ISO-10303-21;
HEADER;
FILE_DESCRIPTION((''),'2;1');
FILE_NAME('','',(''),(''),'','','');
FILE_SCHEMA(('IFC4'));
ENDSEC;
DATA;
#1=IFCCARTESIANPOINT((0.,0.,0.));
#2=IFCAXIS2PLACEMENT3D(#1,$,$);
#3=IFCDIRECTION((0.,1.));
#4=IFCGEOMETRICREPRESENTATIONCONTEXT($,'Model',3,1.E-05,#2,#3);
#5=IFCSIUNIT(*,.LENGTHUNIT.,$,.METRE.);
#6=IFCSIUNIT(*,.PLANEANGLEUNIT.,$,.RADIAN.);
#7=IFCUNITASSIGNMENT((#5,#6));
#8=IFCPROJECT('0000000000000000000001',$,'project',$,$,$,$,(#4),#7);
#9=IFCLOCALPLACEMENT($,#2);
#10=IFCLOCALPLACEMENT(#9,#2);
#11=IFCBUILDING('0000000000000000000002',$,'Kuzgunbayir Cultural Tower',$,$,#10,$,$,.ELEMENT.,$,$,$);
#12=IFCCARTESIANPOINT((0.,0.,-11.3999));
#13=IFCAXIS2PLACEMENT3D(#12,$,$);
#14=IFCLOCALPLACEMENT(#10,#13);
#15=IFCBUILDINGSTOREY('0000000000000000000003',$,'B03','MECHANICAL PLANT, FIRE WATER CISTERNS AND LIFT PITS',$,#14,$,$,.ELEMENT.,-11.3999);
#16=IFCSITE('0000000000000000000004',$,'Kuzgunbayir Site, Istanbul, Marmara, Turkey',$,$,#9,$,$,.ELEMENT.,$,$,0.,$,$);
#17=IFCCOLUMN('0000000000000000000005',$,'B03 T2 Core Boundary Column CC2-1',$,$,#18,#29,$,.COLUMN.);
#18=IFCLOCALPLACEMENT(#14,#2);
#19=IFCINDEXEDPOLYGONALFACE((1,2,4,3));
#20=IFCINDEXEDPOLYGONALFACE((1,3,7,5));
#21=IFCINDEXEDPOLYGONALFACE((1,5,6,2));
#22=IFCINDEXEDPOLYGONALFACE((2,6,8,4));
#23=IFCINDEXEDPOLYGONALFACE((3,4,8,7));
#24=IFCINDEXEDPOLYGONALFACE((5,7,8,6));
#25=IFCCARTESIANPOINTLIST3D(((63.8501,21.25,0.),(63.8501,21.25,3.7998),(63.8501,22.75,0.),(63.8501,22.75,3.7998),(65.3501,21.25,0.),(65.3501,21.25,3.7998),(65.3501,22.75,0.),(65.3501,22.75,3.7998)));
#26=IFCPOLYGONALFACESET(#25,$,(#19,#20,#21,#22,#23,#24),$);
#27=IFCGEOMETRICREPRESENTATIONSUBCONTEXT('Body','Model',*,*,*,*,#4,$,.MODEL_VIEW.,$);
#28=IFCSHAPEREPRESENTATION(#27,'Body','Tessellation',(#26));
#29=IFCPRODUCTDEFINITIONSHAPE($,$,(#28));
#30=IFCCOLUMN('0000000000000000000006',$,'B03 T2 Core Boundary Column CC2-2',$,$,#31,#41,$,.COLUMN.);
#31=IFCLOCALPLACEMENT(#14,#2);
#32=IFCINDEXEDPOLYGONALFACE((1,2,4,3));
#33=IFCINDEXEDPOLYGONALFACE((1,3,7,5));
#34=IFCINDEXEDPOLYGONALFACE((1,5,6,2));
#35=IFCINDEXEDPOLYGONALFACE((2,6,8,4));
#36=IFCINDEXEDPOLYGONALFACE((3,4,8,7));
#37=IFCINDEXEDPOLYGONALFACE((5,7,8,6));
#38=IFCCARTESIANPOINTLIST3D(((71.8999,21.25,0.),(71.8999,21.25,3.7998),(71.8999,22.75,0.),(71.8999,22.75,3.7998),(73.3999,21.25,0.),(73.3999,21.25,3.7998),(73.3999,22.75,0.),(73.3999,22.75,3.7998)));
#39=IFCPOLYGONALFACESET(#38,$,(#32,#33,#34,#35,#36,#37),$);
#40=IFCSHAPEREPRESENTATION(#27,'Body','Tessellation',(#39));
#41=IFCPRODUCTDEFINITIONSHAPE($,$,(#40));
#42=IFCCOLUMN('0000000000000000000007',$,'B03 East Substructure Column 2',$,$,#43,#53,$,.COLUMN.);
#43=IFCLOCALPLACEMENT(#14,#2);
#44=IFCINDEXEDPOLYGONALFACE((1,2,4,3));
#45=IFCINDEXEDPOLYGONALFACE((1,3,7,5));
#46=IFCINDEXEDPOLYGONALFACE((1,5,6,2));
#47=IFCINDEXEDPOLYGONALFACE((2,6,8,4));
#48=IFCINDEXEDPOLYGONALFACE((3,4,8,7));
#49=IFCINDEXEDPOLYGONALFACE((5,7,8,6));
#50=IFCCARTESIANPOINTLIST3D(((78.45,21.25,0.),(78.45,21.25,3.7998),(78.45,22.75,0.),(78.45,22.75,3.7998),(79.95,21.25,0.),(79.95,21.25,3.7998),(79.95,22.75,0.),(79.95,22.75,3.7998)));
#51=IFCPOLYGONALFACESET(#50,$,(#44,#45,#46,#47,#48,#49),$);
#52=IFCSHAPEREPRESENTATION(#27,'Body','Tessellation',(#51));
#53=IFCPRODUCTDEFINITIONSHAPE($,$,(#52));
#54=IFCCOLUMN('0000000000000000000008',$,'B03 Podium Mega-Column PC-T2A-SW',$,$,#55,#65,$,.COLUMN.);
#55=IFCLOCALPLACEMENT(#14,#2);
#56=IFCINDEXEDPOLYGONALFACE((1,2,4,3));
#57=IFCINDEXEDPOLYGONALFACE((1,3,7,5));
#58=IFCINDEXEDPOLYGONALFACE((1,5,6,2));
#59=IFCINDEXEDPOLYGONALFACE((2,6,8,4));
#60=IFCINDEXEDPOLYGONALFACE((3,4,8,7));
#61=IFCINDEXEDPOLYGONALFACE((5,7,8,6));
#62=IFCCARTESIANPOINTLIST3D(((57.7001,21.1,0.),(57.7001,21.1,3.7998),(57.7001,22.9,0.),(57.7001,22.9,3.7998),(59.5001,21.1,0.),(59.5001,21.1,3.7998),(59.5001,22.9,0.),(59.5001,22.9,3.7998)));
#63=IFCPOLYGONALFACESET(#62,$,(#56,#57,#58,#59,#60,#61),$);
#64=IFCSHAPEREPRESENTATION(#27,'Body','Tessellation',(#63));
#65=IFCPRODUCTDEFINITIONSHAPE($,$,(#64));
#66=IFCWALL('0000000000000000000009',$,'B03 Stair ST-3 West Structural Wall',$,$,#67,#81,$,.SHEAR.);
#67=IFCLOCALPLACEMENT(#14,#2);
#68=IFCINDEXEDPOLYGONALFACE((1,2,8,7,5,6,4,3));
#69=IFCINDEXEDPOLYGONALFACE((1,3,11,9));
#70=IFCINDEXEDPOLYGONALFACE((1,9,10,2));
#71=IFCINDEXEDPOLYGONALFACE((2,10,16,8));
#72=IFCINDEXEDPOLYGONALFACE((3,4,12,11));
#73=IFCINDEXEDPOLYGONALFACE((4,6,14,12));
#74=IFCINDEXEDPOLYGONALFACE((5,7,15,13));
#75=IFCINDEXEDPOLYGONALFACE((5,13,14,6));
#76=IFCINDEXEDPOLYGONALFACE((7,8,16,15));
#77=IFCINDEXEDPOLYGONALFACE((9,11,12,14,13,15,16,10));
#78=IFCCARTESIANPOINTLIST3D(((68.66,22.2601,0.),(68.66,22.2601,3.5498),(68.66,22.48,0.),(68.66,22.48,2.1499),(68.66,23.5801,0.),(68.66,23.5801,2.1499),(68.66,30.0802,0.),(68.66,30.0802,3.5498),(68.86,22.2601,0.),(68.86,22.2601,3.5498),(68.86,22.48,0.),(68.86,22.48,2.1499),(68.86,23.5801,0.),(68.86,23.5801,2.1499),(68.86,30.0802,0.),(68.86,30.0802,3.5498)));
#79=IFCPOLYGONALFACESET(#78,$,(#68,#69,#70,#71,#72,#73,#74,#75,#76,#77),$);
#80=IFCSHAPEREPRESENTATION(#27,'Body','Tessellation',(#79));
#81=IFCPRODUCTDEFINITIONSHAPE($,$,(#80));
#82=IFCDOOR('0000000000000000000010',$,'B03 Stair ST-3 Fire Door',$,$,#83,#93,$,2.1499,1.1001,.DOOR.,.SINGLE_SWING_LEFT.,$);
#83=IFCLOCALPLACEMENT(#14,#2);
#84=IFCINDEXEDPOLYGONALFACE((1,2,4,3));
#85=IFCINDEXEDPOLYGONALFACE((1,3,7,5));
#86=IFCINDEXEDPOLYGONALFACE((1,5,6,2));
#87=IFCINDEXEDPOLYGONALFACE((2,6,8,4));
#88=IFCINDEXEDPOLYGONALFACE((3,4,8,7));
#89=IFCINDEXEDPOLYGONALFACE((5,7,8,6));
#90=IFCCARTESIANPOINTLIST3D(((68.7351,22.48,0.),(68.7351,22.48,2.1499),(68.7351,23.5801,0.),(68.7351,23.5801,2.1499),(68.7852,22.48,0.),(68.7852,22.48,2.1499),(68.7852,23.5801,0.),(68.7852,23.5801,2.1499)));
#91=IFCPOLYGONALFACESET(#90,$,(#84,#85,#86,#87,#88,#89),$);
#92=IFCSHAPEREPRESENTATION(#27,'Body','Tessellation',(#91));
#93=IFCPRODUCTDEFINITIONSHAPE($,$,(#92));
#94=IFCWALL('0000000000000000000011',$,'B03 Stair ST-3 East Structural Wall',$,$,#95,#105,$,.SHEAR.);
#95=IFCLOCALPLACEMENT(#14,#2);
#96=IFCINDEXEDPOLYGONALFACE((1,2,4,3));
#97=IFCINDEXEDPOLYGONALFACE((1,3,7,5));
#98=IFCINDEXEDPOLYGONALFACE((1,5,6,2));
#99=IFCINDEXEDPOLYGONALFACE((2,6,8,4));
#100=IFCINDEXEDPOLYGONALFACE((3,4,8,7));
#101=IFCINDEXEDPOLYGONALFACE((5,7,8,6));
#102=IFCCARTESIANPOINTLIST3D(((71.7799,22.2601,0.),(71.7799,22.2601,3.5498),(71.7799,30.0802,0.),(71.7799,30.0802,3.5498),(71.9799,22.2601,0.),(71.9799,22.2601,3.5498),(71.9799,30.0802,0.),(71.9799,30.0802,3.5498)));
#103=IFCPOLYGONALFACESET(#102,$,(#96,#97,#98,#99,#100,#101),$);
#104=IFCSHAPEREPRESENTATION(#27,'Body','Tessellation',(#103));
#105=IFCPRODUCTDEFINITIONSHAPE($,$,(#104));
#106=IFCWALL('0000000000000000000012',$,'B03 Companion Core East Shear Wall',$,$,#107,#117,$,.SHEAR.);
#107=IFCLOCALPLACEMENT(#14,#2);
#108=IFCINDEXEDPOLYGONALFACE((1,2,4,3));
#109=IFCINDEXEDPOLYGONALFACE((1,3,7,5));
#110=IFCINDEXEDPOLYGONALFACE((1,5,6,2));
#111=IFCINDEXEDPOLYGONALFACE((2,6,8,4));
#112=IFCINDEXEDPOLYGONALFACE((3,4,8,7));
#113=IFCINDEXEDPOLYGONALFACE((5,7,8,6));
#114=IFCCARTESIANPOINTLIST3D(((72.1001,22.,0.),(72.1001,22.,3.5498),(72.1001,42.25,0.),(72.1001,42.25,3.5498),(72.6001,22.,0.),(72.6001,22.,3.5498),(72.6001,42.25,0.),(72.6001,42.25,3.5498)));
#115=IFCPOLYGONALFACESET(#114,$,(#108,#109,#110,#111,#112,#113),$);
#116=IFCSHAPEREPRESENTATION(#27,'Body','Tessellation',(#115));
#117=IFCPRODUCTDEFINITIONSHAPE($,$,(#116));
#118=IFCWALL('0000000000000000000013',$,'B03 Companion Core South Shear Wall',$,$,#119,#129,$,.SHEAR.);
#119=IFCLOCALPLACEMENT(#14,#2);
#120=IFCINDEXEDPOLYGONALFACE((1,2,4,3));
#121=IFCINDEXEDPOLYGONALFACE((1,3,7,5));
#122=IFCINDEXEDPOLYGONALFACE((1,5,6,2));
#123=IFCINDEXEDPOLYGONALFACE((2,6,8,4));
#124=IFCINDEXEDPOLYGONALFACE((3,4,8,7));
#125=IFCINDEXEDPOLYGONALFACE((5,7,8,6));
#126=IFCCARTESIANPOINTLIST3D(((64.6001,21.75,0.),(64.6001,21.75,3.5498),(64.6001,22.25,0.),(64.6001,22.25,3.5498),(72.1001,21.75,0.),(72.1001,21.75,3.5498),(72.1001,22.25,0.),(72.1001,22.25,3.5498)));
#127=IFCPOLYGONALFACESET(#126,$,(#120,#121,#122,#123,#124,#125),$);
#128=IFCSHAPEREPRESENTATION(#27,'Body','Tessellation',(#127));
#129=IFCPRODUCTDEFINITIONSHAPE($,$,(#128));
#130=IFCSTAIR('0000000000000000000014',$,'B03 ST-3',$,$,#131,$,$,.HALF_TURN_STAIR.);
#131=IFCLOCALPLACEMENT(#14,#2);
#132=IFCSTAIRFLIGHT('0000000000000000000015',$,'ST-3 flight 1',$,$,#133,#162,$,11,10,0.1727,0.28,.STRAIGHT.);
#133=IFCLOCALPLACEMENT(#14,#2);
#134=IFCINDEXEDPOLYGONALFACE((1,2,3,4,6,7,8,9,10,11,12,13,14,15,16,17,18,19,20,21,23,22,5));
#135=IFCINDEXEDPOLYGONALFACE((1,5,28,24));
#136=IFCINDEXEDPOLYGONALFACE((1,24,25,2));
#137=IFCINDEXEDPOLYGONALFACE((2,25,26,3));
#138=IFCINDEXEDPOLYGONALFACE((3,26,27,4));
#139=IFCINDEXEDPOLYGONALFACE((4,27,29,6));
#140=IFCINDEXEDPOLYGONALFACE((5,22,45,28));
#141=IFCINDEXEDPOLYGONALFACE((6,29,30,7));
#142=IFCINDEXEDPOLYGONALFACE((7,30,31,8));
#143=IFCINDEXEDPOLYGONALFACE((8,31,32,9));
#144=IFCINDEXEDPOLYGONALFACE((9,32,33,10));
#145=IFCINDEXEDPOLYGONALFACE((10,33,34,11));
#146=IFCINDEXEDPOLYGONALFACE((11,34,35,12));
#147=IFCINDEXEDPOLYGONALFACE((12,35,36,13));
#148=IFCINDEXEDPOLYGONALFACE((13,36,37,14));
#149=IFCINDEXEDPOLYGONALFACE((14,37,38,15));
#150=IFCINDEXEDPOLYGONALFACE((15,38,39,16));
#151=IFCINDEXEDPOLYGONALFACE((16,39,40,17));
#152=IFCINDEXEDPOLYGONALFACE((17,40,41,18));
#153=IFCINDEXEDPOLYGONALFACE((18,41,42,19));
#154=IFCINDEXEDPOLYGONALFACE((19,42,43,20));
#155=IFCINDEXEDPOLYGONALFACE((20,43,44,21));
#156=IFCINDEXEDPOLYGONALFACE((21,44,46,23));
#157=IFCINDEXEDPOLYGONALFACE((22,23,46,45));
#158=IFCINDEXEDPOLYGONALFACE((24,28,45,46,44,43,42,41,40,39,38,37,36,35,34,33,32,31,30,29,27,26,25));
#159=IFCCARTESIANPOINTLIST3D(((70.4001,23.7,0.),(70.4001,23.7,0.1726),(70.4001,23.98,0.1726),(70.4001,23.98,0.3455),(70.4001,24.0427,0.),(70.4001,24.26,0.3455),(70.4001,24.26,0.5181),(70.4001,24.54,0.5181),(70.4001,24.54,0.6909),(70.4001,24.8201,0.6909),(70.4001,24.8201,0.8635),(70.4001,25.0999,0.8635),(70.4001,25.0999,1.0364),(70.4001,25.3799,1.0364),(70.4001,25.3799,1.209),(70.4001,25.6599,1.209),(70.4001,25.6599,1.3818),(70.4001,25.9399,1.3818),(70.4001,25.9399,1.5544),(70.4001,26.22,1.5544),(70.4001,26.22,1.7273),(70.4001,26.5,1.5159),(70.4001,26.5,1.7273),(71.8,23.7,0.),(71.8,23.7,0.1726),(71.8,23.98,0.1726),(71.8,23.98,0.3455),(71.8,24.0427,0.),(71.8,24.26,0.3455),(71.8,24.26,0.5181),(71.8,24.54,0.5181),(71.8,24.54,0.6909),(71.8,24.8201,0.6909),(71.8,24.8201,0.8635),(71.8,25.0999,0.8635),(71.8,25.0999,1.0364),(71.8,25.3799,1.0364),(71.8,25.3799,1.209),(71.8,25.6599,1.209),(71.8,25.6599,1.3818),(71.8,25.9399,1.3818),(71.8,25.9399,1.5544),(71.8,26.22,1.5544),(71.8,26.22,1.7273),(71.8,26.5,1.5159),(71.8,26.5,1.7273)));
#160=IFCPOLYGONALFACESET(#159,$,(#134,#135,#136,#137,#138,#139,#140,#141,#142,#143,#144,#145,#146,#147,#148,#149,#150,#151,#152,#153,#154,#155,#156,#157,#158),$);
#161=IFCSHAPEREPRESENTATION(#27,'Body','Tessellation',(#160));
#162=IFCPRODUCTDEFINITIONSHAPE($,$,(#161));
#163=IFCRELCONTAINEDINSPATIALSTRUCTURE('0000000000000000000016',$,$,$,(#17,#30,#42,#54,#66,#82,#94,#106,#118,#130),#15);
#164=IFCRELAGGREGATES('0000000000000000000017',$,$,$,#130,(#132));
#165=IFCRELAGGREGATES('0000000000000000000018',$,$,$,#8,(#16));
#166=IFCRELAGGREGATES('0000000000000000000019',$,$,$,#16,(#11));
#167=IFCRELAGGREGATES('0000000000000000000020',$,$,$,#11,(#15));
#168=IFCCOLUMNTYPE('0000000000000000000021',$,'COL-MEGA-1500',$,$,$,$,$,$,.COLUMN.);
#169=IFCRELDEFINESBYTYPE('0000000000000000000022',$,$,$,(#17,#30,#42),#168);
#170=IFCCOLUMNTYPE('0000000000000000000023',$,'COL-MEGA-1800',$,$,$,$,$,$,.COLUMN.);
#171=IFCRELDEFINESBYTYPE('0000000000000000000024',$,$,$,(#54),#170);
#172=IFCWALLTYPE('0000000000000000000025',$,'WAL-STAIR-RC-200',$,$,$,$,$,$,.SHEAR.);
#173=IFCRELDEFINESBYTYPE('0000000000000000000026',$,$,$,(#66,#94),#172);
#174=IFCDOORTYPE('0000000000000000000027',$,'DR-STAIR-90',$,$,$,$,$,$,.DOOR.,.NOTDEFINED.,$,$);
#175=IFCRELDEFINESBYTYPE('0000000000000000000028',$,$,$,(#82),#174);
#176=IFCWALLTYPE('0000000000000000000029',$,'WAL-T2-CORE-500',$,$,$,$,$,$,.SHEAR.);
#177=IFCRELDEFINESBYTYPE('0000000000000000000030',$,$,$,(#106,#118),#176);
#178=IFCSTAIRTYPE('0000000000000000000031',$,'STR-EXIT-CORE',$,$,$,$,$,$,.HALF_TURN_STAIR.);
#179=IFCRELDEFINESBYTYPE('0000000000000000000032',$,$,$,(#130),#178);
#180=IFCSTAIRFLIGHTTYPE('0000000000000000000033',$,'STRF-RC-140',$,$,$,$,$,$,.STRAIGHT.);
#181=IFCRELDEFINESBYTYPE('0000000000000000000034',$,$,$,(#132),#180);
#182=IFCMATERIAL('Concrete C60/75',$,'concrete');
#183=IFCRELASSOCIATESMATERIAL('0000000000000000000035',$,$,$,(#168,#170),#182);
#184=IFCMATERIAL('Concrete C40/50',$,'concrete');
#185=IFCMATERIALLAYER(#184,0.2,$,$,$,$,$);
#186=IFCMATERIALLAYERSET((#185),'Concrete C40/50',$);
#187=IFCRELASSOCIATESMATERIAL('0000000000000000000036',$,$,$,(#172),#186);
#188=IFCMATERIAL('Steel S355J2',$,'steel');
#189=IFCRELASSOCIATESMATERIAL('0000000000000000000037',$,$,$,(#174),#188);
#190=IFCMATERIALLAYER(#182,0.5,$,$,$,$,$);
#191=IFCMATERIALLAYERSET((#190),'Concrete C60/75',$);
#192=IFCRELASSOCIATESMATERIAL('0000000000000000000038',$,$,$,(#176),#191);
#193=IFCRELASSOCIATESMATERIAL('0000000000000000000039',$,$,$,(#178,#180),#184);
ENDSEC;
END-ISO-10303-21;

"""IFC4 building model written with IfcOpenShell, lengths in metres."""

from ifc_helpers import new_model, si_unit, direction, frame, frame_2d, origin, origin_2d, place, context, subcontext, project, spatial, polyline, rectangle, outline, extrude, material, layer, layer_set, material_profile, profile_set, type_object, element, fill, aggregate, save


model = new_model("IFC4")

# Units and contexts
model_context = context("Model", 3, precision=1e-05, world=origin(), true_north=direction((0.0, 1.0)))
body_context = subcontext(model_context, "Body", "Model", "MODEL_VIEW")
ifc_project = project(units=[si_unit("LENGTHUNIT", "METRE"), si_unit("PLANEANGLEUNIT", "RADIAN")], contexts=[model_context])

# Site, building, storey
site_placement = place(None, origin())
site = spatial("IfcSite", under=ifc_project, at=site_placement, Name="Kuzgunbayir Site, Istanbul, Marmara, Turkey", CompositionType="ELEMENT", RefElevation=0.0)
building_placement = place(site_placement, origin())
building = spatial("IfcBuilding", under=site, at=building_placement, Name="Kuzgunbayir Cultural Tower", CompositionType="ELEMENT")
storey_placement = place(building_placement, frame((0.0, 0.0, -11.3999)))
storey = spatial("IfcBuildingStorey", under=building, at=storey_placement, Name="B03", Description="MECHANICAL PLANT, FIRE WATER CISTERNS AND LIFT PITS", CompositionType="ELEMENT", Elevation=-11.3999)

# Shared definitions
ifc_material_1 = material(Name="Concrete C40/50", Category="concrete")

# Columns
ifc_material_2 = material(Name="Concrete C60/75", Category="concrete")
ifc_material_profile_1 = material_profile(ifc_material_2, rectangle(XDim=1.5, YDim=1.5, at=origin_2d()), Name="RC 1500x1500")
ifc_profile_set_1 = profile_set([ifc_material_profile_1], Name="Concrete C60/75")
column_type_1 = type_object("IfcColumnType", Name="COL-MEGA-1500", PredefinedType="COLUMN", material=ifc_profile_set_1)
for number, where, z_axis, x_axis, name in (
    (1, (64.6001, 22.0, 0.0), (0.0, 0.0, 1.0), (1.0, 0.0, 0.0), "B03 T2 Core Boundary Column CC2-1"),
    (2, (72.6499, 22.0, 0.0), (0.0, 0.0, 1.0), (1.0, 0.0, 0.0), "B03 T2 Core Boundary Column CC2-2"),
    (3, (79.2, 22.0, 0.0), (0.0, 0.0, 1.0), (1.0, 0.0, 0.0), "B03 East Substructure Column 2"),
):
    element("IfcColumn", number, at=place(storey_placement, frame(where, z_axis=z_axis, x_axis=x_axis)), inside=storey, type_object=column_type_1, Name=name, PredefinedType="COLUMN", context=body_context, shape_type="SweptSolid", body=[
        extrude(rectangle(XDim=1.5, YDim=1.5, at=origin_2d()), origin(), (0.0, 0.0, 1.0), 3.7998),
    ])
ifc_material_profile_2 = material_profile(ifc_material_2, rectangle(XDim=1.8, YDim=1.8, at=origin_2d()), Name="RC 1800x1800")
ifc_profile_set_2 = profile_set([ifc_material_profile_2], Name="Concrete C60/75")
column_type_2 = type_object("IfcColumnType", Name="COL-MEGA-1800", PredefinedType="COLUMN", material=ifc_profile_set_2)
column_placement = place(storey_placement, frame((58.6001, 22.0, 0.0), z_axis=(0.0, 0.0, 1.0), x_axis=(1.0, 0.0, 0.0)))
element("IfcColumn", 4, at=column_placement, inside=storey, type_object=column_type_2, Name="B03 Podium Mega-Column PC-T2A-SW", PredefinedType="COLUMN", context=body_context, shape_type="SweptSolid", body=[
    extrude(rectangle(XDim=1.8, YDim=1.8, at=origin_2d()), origin(), (0.0, 0.0, 1.0), 3.7998),
])

# Wall, opening, door
ifc_layer_1 = layer(ifc_material_1, 0.2)
ifc_layer_set_1 = layer_set([ifc_layer_1], Name="Concrete C40/50")
wall_type_1 = type_object("IfcWallType", Name="WAL-STAIR-RC-200", PredefinedType="SHEAR", material=ifc_layer_set_1)
wall_1_placement = place(storey_placement, frame((68.76, 22.26, 0.0), z_axis=(0.0, 0.0, 1.0), x_axis=(0.0, 1.0, 0.0)))
wall_1 = element("IfcWall", 5, at=wall_1_placement, inside=storey, type_object=wall_type_1, Name="B03 Stair ST-3 West Structural Wall", PredefinedType="SHEAR", context=body_context, shape_type="SweptSolid", body=[
    extrude(rectangle(XDim=7.8201, YDim=0.2, at=frame_2d((3.9102, 0.0))), origin(), (0.0, 0.0, 1.0), 3.5498),
])
opening_placement = place(wall_1_placement, frame((0.22, 0.0, 0.0)))
opening = element("IfcOpeningElement", 6, at=opening_placement, cuts=wall_1, PredefinedType="OPENING", context=body_context, shape_type="SweptSolid", body=[
    extrude(rectangle(XDim=1.1001, YDim=2.1499, at=frame_2d((0.55, 1.075))), frame((0.0, 0.1099, 0.0), z_axis=(0.0, -1.0, 0.0), x_axis=(1.0, 0.0, 0.0)), (0.0, 0.0, 1.0), 0.22),
])
ifc_material_3 = material(Name="Steel S355J2", Category="steel")
door_type = type_object("IfcDoorType", Name="DR-STAIR-90", OperationType="NOTDEFINED", PredefinedType="DOOR", material=ifc_material_3)
door_placement = place(opening_placement, origin())
door = element("IfcDoor", 7, at=door_placement, inside=storey, type_object=door_type, Name="B03 Stair ST-3 Fire Door", OperationType="SINGLE_SWING_LEFT", OverallHeight=2.1499, OverallWidth=1.1001, PredefinedType="DOOR", context=body_context, shape_type="SweptSolid", body=[
    extrude(rectangle(XDim=1.1001, YDim=2.1499, at=frame_2d((0.55, 1.075))), frame((0.0, 0.0249, 0.0), z_axis=(0.0, -1.0, 0.0), x_axis=(1.0, 0.0, 0.0)), (0.0, 0.0, 1.0), 0.05),
])
fill(opening, door)

# Walls
wall_2_placement = place(storey_placement, frame((71.8799, 22.26, 0.0), z_axis=(0.0, 0.0, 1.0), x_axis=(0.0, 1.0, 0.0)))
element("IfcWall", 8, at=wall_2_placement, inside=storey, type_object=wall_type_1, Name="B03 Stair ST-3 East Structural Wall", PredefinedType="SHEAR", context=body_context, shape_type="SweptSolid", body=[
    extrude(rectangle(XDim=7.8201, YDim=0.2, at=frame_2d((3.9102, 0.0))), origin(), (0.0, 0.0, 1.0), 3.5498),
])
ifc_layer_2 = layer(ifc_material_2, 0.5)
ifc_layer_set_2 = layer_set([ifc_layer_2], Name="Concrete C60/75")
wall_type_2 = type_object("IfcWallType", Name="WAL-T2-CORE-500", PredefinedType="SHEAR", material=ifc_layer_set_2)
wall_3_placement = place(storey_placement, frame((72.3501, 22.0, 0.0), z_axis=(0.0, 0.0, 1.0), x_axis=(0.0, 1.0, 0.0)))
element("IfcWall", 9, at=wall_3_placement, inside=storey, type_object=wall_type_2, Name="B03 Companion Core East Shear Wall", PredefinedType="SHEAR", context=body_context, shape_type="SweptSolid", body=[
    extrude(rectangle(XDim=20.25, YDim=0.5, at=frame_2d((10.125, 0.0))), origin(), (0.0, 0.0, 1.0), 3.5498),
])
wall_4_placement = place(storey_placement, frame((64.6001, 22.0, 0.0), z_axis=(0.0, 0.0, 1.0), x_axis=(1.0, 0.0, 0.0)))
element("IfcWall", 10, at=wall_4_placement, inside=storey, type_object=wall_type_2, Name="B03 Companion Core South Shear Wall", PredefinedType="SHEAR", context=body_context, shape_type="SweptSolid", body=[
    extrude(rectangle(XDim=7.5, YDim=0.5, at=frame_2d((3.75, 0.0))), origin(), (0.0, 0.0, 1.0), 3.5498),
])

# Stair, stair flight
stair_type = type_object("IfcStairType", Name="STR-EXIT-CORE", PredefinedType="HALF_TURN_STAIR", material=ifc_material_1)
stair_placement = place(storey_placement, origin())
stair = element("IfcStair", 11, at=stair_placement, inside=storey, type_object=stair_type, Name="B03 ST-3", PredefinedType="HALF_TURN_STAIR")
stair_flight_type = type_object("IfcStairFlightType", Name="STRF-RC-140", PredefinedType="STRAIGHT", material=ifc_material_1)
stair_flight_placement = place(storey_placement, frame((71.1001, 23.7, 0.0), z_axis=(0.0, 0.0, 1.0), x_axis=(0.0, 1.0, 0.0)))
stair_flight = element("IfcStairFlight", 12, at=stair_flight_placement, type_object=stair_flight_type, Name="ST-3 flight 1", NumberOfRisers=11, NumberOfTreads=10, PredefinedType="STRAIGHT", RiserHeight=0.1727, TreadLength=0.28, context=body_context, shape_type="SweptSolid", body=[
    extrude(outline(polyline([(0.0, 0.0), (0.0, 0.1726), (0.28, 0.1726), (0.28, 0.3455), (0.5601, 0.3455), (0.5601, 0.5181), (0.8401, 0.5181), (0.8401, 0.6909), (1.1201, 0.6909), (1.1201, 0.8635), (1.3999, 0.8635), (1.3999, 1.0364), (1.6799, 1.0364), (1.6799, 1.209), (1.96, 1.209), (1.96, 1.3818), (2.24, 1.3818), (2.24, 1.5544), (2.52, 1.5544), (2.52, 1.7273), (2.8, 1.7273), (2.8, 1.8999), (2.8, 1.5159), (0.3428, 0.0), (0.0, 0.0)])), frame((0.0, 0.7, 0.0), z_axis=(0.0, -1.0, 0.0), x_axis=(1.0, 0.0, 0.0)), (0.0, 0.0, 1.0), 1.3999),
])
aggregate(stair, [stair_flight])

save(model, "model.ifc")
